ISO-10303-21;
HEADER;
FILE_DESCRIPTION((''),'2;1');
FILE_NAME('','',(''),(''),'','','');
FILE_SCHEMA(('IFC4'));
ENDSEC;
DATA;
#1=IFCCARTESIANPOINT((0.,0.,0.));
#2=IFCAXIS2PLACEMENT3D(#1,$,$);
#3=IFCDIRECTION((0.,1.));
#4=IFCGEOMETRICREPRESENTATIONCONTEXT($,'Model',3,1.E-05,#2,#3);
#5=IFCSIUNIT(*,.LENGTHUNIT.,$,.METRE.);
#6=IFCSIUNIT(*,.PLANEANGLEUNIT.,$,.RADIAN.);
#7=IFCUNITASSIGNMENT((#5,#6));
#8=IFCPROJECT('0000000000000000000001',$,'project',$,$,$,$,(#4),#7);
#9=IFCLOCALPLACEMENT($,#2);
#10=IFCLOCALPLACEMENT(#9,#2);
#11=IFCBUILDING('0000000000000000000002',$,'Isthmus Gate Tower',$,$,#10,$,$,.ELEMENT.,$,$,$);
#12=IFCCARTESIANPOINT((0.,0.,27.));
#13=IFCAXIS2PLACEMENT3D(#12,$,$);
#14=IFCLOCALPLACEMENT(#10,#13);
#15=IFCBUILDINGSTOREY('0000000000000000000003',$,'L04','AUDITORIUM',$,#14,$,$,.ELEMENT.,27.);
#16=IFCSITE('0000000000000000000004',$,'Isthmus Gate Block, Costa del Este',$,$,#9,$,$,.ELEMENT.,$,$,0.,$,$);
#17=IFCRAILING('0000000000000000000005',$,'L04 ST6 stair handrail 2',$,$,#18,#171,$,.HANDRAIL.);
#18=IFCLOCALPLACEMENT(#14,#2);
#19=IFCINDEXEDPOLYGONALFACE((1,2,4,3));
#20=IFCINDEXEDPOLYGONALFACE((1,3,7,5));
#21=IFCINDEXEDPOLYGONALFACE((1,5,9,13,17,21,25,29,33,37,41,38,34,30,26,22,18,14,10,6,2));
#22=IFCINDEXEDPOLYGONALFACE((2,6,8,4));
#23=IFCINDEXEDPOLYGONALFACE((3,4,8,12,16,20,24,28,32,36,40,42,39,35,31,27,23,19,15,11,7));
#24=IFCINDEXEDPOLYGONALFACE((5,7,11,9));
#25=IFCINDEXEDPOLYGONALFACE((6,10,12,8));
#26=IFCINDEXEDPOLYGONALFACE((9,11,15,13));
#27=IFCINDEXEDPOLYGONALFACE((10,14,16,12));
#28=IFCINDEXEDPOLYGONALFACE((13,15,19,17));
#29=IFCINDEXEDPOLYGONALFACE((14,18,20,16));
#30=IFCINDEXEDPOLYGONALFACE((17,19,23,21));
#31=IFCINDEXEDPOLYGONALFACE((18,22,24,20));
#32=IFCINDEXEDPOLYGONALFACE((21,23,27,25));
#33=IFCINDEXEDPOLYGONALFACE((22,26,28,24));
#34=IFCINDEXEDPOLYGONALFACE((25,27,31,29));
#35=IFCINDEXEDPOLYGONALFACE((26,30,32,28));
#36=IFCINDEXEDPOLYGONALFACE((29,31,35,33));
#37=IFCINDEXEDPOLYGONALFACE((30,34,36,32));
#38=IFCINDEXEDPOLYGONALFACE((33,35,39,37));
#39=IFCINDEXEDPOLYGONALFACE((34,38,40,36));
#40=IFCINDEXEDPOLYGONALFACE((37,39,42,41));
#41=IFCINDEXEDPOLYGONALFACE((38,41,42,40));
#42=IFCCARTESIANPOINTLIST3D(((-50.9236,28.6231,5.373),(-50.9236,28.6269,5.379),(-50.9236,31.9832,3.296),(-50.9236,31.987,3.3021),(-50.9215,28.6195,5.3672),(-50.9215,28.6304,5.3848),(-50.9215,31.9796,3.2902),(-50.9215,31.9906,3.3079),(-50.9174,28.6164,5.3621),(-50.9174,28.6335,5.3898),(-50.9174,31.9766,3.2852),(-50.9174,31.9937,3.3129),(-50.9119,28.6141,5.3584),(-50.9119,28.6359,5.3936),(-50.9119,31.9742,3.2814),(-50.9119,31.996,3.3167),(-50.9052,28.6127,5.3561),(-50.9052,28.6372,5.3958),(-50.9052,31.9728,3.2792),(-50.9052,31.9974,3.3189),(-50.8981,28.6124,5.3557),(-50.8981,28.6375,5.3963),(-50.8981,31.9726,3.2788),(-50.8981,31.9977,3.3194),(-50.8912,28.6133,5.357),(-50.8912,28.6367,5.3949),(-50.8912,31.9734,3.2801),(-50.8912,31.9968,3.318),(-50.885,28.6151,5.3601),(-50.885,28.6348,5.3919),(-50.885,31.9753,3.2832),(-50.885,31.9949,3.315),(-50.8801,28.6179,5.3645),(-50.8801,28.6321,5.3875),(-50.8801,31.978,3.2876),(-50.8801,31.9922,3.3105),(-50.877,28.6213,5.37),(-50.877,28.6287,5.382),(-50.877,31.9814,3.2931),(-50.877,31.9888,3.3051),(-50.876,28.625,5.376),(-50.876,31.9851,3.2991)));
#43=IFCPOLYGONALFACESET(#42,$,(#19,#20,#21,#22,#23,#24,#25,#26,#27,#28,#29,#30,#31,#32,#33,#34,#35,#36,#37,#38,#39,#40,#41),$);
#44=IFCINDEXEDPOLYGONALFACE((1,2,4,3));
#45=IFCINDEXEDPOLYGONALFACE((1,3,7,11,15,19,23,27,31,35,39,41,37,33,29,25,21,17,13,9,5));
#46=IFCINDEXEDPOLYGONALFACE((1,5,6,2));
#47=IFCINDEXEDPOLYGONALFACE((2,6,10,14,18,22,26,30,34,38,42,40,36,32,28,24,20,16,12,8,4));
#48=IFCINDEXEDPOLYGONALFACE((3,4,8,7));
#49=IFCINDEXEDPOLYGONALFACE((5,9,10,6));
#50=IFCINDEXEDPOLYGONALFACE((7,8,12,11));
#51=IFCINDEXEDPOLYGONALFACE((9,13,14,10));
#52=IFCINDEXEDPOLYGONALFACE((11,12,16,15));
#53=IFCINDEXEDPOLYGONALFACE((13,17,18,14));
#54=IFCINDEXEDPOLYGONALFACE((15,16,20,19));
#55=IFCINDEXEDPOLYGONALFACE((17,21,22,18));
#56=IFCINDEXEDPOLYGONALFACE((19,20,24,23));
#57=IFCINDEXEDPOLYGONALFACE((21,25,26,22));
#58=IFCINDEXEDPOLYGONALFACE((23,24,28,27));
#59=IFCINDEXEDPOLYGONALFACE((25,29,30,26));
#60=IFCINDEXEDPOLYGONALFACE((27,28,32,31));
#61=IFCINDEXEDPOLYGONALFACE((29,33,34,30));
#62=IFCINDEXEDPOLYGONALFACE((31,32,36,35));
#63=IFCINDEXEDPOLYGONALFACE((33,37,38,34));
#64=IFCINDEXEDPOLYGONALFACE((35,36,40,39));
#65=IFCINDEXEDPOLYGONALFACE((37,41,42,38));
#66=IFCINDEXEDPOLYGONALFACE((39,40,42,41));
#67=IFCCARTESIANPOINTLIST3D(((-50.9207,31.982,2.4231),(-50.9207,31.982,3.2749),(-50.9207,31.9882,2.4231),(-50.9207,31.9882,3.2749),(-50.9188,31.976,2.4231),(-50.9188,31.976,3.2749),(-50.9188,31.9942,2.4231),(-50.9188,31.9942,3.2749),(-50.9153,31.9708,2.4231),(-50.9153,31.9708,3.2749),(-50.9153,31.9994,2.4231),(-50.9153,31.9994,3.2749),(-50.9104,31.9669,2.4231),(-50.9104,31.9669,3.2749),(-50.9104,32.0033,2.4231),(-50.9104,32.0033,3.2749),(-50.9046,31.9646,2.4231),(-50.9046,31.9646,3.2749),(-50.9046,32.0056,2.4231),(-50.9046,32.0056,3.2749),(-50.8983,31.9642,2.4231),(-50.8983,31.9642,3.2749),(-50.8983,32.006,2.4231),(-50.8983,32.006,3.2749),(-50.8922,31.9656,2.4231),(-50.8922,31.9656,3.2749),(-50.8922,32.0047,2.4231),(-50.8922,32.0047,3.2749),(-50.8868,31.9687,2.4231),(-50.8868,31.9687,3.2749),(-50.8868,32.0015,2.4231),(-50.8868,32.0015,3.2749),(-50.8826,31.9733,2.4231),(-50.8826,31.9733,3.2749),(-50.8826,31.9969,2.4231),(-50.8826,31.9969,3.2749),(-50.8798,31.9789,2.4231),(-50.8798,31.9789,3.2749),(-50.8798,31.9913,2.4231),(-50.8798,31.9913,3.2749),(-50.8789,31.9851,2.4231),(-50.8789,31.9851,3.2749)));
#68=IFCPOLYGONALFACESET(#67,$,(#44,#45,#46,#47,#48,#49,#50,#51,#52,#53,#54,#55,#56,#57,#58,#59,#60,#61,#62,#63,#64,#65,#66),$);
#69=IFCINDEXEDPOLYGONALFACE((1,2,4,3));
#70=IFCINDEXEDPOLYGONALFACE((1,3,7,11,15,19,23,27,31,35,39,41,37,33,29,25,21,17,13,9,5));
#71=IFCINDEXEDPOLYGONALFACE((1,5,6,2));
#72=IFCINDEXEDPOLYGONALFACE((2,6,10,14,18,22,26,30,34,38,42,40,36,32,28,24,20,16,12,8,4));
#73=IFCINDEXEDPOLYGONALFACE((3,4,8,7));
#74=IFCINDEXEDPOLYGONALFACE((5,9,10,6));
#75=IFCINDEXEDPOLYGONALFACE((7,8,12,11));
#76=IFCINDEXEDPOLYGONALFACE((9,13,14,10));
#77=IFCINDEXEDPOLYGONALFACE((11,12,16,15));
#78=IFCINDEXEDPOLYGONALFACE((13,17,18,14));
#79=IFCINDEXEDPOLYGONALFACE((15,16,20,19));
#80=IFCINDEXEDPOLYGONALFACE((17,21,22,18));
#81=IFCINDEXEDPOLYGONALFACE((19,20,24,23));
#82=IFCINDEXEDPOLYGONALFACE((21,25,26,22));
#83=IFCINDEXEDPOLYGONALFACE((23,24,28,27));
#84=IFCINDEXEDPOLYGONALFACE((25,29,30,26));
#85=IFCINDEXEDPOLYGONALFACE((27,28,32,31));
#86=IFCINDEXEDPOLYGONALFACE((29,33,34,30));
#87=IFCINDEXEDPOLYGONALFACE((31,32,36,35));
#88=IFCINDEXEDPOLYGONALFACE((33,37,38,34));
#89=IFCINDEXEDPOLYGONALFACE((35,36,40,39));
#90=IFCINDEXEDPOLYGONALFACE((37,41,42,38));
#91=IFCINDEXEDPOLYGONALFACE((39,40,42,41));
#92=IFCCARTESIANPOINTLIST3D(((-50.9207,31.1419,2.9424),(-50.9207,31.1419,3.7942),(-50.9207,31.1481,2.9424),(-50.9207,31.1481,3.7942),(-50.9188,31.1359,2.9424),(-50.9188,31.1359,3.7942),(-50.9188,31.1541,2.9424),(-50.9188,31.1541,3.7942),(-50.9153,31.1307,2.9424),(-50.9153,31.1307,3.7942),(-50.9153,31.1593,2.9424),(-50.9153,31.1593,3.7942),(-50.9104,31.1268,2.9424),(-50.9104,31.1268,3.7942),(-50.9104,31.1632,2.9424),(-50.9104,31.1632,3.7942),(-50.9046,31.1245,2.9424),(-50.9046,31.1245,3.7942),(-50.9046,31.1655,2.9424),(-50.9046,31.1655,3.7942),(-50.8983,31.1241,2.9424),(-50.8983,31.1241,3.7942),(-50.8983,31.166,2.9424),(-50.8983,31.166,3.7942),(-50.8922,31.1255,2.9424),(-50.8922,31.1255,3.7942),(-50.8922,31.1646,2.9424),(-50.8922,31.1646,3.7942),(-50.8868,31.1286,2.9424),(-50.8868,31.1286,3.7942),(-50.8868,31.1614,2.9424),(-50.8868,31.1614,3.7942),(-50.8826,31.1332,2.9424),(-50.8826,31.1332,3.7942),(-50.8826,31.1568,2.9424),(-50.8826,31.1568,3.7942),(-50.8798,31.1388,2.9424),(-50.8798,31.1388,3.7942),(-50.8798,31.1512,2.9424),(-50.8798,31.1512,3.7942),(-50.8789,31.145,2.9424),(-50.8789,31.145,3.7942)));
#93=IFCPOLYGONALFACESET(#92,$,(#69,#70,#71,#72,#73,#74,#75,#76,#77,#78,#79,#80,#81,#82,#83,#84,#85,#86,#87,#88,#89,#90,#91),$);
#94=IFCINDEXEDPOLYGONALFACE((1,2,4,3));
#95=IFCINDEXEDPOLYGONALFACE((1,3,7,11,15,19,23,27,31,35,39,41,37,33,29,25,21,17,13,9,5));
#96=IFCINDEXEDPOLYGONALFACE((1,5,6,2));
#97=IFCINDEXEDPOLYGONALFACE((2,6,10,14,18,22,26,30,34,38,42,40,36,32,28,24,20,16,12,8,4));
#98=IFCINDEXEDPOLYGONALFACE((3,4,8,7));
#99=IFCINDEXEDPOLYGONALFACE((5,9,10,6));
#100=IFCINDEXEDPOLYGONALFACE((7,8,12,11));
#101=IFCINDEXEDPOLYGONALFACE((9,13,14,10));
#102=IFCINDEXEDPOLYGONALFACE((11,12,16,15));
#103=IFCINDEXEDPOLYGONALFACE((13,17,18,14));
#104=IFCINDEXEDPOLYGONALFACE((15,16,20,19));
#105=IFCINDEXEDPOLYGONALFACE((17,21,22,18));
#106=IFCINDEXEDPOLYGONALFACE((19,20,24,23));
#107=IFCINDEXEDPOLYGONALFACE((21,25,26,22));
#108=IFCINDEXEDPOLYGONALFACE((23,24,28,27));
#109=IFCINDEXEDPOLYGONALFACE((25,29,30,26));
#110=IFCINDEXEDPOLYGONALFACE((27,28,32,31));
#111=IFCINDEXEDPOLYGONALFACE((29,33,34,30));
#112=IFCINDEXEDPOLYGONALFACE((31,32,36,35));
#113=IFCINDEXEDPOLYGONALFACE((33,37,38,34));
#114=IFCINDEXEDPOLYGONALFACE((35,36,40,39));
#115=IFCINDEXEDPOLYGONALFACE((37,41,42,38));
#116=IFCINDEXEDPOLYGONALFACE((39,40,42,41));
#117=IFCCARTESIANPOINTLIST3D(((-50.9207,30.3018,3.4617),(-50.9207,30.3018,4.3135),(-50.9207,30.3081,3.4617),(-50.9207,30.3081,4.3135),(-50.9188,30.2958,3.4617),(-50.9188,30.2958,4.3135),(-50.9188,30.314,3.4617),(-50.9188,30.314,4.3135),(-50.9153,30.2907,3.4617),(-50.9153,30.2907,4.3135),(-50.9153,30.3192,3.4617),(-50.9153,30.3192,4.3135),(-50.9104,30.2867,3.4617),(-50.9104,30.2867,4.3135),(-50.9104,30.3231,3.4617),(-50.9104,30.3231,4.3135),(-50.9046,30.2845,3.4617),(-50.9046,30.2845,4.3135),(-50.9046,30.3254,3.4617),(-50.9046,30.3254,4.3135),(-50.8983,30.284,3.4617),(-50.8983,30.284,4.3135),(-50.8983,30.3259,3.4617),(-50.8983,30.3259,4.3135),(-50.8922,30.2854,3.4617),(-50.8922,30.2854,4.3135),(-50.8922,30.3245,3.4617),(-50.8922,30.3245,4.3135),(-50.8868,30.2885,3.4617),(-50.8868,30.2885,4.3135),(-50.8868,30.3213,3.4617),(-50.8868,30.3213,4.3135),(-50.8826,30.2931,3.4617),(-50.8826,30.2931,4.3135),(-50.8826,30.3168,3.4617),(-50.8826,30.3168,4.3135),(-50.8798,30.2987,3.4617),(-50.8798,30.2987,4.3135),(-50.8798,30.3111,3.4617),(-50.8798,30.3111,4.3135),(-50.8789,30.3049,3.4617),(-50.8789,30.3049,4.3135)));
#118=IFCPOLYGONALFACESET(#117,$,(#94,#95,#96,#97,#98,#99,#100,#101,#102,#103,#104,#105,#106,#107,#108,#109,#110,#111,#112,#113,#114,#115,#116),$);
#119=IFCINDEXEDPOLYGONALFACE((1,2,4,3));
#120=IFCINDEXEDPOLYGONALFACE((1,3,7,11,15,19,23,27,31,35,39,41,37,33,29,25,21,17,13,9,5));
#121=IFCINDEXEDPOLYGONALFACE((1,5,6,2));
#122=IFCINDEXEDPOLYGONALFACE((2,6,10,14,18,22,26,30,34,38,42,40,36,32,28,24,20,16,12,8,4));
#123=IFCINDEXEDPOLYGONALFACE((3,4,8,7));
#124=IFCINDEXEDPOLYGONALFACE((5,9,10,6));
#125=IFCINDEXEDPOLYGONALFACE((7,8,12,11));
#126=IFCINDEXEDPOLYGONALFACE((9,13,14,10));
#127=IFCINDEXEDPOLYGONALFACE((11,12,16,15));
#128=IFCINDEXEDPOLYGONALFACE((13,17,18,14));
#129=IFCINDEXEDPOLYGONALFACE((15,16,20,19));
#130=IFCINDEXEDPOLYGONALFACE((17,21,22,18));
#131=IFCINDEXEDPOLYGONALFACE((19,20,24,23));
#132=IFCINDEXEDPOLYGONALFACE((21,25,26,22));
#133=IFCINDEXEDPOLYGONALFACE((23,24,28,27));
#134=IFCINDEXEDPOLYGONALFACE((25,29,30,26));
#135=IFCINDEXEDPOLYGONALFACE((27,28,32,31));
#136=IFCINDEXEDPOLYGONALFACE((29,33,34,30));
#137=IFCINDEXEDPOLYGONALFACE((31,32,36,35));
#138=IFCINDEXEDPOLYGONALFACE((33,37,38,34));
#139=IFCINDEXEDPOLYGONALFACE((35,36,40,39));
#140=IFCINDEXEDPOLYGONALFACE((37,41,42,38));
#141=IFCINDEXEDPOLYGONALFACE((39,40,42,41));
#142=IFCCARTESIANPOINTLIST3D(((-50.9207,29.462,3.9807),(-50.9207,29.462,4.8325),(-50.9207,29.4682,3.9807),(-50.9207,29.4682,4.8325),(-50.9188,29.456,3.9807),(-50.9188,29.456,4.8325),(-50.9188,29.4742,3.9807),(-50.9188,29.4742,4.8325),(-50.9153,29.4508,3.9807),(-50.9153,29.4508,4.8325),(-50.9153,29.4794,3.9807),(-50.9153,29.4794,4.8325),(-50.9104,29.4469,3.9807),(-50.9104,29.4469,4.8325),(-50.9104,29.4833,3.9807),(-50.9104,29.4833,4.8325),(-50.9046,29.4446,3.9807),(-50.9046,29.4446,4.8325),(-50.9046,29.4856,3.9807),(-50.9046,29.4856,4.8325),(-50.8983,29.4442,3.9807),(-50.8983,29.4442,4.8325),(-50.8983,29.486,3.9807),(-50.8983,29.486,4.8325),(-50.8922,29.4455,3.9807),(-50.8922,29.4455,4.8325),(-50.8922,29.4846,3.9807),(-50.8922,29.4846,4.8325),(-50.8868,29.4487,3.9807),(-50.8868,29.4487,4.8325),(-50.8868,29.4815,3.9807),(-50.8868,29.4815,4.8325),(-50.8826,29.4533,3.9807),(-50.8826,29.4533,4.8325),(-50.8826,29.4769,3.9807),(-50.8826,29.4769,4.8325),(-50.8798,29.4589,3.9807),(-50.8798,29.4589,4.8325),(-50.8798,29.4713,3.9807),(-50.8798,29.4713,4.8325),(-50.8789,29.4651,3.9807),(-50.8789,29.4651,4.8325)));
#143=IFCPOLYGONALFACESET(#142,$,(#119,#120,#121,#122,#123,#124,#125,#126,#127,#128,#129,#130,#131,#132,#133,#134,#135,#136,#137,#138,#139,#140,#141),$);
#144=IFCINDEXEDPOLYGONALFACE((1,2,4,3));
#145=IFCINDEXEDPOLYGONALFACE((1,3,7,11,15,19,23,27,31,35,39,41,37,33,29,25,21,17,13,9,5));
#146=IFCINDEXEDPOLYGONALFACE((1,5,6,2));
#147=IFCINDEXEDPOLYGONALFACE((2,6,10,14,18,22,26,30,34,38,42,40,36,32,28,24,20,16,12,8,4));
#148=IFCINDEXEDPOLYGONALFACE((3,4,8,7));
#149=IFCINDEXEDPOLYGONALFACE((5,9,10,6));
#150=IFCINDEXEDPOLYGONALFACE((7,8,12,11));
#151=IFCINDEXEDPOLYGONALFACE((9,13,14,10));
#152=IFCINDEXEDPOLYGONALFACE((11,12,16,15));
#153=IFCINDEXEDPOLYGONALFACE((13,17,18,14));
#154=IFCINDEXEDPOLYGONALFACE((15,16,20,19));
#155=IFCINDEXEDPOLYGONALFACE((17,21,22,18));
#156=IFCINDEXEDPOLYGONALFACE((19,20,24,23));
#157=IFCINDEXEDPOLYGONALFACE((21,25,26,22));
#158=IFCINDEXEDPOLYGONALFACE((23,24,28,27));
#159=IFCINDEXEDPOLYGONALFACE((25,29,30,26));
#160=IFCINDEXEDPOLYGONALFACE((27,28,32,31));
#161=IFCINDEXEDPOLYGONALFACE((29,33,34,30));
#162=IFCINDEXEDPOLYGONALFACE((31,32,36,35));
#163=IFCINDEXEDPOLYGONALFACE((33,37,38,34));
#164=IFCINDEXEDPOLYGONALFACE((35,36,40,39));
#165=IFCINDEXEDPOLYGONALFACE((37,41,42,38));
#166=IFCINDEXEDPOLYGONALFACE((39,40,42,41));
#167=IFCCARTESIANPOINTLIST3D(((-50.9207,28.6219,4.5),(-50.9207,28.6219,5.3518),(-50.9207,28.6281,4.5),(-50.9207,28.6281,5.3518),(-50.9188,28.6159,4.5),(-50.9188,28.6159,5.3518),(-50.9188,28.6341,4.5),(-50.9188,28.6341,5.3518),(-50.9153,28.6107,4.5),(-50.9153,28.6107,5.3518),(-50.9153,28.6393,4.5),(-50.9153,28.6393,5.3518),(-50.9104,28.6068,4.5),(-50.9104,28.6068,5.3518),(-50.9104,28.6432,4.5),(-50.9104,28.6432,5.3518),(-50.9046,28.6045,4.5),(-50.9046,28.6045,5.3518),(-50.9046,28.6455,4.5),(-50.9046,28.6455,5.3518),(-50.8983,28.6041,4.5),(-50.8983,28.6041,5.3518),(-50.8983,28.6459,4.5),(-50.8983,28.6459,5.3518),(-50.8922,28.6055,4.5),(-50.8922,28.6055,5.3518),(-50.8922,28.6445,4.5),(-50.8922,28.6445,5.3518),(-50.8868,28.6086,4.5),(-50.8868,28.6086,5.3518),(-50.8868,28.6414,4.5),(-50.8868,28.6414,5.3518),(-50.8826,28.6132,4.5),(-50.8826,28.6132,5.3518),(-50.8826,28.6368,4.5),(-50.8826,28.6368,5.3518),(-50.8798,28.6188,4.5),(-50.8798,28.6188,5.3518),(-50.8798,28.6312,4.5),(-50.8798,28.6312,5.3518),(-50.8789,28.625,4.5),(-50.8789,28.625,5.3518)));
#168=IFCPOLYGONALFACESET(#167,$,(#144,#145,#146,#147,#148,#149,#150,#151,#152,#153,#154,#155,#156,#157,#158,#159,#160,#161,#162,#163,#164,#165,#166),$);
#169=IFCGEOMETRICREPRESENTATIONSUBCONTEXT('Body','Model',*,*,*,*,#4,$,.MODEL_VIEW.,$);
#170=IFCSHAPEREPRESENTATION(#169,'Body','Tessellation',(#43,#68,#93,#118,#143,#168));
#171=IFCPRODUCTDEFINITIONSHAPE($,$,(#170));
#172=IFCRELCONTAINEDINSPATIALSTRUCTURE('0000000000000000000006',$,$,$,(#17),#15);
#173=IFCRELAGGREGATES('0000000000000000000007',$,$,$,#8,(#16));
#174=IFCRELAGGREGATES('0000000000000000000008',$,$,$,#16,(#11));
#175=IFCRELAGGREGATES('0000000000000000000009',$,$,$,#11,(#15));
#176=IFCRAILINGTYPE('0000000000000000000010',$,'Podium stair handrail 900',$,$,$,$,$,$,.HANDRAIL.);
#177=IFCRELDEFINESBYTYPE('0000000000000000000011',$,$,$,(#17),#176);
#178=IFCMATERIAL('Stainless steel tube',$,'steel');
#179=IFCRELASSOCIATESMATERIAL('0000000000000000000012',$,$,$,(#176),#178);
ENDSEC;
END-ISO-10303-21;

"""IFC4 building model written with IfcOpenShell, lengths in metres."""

from ifc_helpers import new_model, si_unit, direction, frame, origin, origin_2d, place, context, subcontext, project, spatial, circle, extrude, material, type_object, element, save


model = new_model("IFC4")

# Units and contexts
model_context = context("Model", 3, precision=1e-05, world=origin(), true_north=direction((0.0, 1.0)))
body_context = subcontext(model_context, "Body", "Model", "MODEL_VIEW")
ifc_project = project(units=[si_unit("LENGTHUNIT", "METRE"), si_unit("PLANEANGLEUNIT", "RADIAN")], contexts=[model_context])

# Site, building, storey
site_placement = place(None, origin())
site = spatial("IfcSite", under=ifc_project, at=site_placement, Name="Isthmus Gate Block, Costa del Este", CompositionType="ELEMENT", RefElevation=0.0)
building_placement = place(site_placement, origin())
building = spatial("IfcBuilding", under=site, at=building_placement, Name="Isthmus Gate Tower", CompositionType="ELEMENT")
storey_placement = place(building_placement, frame((0.0, 0.0, 27.0)))
storey = spatial("IfcBuildingStorey", under=building, at=storey_placement, Name="L04", Description="AUDITORIUM", CompositionType="ELEMENT", Elevation=27.0)

# Railing
ifc_material_1 = material(Name="Stainless steel tube", Category="steel")
railing_type_1 = type_object("IfcRailingType", Name="Podium stair handrail 900", PredefinedType="HANDRAIL", material=ifc_material_1)
railing_1_placement = place(storey_placement, frame((-50.8999, 31.9851, 2.4231)))
element("IfcRailing", 1, at=railing_1_placement, inside=storey, type_object=railing_type_1, Name="L04 ST6 stair handrail 2", PredefinedType="HANDRAIL", context=body_context, shape_type="SweptSolid", body=[
    extrude(circle(Radius=0.0239, at=origin_2d()), frame((0.0, 0.0, 0.876), z_axis=(0.0, -0.850623, 0.525776), x_axis=(1.0, 0.0, 0.0)), (0.0, 0.0, 1.0), 3.9502),
    extrude(circle(Radius=0.021, at=origin_2d()), origin(), (0.0, 0.0, 1.0), 0.8518),
    extrude(circle(Radius=0.021, at=origin_2d()), frame((0.0, -0.8401, 0.5193)), (0.0, 0.0, 1.0), 0.8518),
    extrude(circle(Radius=0.021, at=origin_2d()), frame((0.0, -1.6802, 1.0386)), (0.0, 0.0, 1.0), 0.8518),
    extrude(circle(Radius=0.021, at=origin_2d()), frame((0.0, -2.52, 1.5576)), (0.0, 0.0, 1.0), 0.8518),
    extrude(circle(Radius=0.021, at=origin_2d()), frame((0.0, -3.3601, 2.0769)), (0.0, 0.0, 1.0), 0.8518),
])

save(model, "model.ifc")
